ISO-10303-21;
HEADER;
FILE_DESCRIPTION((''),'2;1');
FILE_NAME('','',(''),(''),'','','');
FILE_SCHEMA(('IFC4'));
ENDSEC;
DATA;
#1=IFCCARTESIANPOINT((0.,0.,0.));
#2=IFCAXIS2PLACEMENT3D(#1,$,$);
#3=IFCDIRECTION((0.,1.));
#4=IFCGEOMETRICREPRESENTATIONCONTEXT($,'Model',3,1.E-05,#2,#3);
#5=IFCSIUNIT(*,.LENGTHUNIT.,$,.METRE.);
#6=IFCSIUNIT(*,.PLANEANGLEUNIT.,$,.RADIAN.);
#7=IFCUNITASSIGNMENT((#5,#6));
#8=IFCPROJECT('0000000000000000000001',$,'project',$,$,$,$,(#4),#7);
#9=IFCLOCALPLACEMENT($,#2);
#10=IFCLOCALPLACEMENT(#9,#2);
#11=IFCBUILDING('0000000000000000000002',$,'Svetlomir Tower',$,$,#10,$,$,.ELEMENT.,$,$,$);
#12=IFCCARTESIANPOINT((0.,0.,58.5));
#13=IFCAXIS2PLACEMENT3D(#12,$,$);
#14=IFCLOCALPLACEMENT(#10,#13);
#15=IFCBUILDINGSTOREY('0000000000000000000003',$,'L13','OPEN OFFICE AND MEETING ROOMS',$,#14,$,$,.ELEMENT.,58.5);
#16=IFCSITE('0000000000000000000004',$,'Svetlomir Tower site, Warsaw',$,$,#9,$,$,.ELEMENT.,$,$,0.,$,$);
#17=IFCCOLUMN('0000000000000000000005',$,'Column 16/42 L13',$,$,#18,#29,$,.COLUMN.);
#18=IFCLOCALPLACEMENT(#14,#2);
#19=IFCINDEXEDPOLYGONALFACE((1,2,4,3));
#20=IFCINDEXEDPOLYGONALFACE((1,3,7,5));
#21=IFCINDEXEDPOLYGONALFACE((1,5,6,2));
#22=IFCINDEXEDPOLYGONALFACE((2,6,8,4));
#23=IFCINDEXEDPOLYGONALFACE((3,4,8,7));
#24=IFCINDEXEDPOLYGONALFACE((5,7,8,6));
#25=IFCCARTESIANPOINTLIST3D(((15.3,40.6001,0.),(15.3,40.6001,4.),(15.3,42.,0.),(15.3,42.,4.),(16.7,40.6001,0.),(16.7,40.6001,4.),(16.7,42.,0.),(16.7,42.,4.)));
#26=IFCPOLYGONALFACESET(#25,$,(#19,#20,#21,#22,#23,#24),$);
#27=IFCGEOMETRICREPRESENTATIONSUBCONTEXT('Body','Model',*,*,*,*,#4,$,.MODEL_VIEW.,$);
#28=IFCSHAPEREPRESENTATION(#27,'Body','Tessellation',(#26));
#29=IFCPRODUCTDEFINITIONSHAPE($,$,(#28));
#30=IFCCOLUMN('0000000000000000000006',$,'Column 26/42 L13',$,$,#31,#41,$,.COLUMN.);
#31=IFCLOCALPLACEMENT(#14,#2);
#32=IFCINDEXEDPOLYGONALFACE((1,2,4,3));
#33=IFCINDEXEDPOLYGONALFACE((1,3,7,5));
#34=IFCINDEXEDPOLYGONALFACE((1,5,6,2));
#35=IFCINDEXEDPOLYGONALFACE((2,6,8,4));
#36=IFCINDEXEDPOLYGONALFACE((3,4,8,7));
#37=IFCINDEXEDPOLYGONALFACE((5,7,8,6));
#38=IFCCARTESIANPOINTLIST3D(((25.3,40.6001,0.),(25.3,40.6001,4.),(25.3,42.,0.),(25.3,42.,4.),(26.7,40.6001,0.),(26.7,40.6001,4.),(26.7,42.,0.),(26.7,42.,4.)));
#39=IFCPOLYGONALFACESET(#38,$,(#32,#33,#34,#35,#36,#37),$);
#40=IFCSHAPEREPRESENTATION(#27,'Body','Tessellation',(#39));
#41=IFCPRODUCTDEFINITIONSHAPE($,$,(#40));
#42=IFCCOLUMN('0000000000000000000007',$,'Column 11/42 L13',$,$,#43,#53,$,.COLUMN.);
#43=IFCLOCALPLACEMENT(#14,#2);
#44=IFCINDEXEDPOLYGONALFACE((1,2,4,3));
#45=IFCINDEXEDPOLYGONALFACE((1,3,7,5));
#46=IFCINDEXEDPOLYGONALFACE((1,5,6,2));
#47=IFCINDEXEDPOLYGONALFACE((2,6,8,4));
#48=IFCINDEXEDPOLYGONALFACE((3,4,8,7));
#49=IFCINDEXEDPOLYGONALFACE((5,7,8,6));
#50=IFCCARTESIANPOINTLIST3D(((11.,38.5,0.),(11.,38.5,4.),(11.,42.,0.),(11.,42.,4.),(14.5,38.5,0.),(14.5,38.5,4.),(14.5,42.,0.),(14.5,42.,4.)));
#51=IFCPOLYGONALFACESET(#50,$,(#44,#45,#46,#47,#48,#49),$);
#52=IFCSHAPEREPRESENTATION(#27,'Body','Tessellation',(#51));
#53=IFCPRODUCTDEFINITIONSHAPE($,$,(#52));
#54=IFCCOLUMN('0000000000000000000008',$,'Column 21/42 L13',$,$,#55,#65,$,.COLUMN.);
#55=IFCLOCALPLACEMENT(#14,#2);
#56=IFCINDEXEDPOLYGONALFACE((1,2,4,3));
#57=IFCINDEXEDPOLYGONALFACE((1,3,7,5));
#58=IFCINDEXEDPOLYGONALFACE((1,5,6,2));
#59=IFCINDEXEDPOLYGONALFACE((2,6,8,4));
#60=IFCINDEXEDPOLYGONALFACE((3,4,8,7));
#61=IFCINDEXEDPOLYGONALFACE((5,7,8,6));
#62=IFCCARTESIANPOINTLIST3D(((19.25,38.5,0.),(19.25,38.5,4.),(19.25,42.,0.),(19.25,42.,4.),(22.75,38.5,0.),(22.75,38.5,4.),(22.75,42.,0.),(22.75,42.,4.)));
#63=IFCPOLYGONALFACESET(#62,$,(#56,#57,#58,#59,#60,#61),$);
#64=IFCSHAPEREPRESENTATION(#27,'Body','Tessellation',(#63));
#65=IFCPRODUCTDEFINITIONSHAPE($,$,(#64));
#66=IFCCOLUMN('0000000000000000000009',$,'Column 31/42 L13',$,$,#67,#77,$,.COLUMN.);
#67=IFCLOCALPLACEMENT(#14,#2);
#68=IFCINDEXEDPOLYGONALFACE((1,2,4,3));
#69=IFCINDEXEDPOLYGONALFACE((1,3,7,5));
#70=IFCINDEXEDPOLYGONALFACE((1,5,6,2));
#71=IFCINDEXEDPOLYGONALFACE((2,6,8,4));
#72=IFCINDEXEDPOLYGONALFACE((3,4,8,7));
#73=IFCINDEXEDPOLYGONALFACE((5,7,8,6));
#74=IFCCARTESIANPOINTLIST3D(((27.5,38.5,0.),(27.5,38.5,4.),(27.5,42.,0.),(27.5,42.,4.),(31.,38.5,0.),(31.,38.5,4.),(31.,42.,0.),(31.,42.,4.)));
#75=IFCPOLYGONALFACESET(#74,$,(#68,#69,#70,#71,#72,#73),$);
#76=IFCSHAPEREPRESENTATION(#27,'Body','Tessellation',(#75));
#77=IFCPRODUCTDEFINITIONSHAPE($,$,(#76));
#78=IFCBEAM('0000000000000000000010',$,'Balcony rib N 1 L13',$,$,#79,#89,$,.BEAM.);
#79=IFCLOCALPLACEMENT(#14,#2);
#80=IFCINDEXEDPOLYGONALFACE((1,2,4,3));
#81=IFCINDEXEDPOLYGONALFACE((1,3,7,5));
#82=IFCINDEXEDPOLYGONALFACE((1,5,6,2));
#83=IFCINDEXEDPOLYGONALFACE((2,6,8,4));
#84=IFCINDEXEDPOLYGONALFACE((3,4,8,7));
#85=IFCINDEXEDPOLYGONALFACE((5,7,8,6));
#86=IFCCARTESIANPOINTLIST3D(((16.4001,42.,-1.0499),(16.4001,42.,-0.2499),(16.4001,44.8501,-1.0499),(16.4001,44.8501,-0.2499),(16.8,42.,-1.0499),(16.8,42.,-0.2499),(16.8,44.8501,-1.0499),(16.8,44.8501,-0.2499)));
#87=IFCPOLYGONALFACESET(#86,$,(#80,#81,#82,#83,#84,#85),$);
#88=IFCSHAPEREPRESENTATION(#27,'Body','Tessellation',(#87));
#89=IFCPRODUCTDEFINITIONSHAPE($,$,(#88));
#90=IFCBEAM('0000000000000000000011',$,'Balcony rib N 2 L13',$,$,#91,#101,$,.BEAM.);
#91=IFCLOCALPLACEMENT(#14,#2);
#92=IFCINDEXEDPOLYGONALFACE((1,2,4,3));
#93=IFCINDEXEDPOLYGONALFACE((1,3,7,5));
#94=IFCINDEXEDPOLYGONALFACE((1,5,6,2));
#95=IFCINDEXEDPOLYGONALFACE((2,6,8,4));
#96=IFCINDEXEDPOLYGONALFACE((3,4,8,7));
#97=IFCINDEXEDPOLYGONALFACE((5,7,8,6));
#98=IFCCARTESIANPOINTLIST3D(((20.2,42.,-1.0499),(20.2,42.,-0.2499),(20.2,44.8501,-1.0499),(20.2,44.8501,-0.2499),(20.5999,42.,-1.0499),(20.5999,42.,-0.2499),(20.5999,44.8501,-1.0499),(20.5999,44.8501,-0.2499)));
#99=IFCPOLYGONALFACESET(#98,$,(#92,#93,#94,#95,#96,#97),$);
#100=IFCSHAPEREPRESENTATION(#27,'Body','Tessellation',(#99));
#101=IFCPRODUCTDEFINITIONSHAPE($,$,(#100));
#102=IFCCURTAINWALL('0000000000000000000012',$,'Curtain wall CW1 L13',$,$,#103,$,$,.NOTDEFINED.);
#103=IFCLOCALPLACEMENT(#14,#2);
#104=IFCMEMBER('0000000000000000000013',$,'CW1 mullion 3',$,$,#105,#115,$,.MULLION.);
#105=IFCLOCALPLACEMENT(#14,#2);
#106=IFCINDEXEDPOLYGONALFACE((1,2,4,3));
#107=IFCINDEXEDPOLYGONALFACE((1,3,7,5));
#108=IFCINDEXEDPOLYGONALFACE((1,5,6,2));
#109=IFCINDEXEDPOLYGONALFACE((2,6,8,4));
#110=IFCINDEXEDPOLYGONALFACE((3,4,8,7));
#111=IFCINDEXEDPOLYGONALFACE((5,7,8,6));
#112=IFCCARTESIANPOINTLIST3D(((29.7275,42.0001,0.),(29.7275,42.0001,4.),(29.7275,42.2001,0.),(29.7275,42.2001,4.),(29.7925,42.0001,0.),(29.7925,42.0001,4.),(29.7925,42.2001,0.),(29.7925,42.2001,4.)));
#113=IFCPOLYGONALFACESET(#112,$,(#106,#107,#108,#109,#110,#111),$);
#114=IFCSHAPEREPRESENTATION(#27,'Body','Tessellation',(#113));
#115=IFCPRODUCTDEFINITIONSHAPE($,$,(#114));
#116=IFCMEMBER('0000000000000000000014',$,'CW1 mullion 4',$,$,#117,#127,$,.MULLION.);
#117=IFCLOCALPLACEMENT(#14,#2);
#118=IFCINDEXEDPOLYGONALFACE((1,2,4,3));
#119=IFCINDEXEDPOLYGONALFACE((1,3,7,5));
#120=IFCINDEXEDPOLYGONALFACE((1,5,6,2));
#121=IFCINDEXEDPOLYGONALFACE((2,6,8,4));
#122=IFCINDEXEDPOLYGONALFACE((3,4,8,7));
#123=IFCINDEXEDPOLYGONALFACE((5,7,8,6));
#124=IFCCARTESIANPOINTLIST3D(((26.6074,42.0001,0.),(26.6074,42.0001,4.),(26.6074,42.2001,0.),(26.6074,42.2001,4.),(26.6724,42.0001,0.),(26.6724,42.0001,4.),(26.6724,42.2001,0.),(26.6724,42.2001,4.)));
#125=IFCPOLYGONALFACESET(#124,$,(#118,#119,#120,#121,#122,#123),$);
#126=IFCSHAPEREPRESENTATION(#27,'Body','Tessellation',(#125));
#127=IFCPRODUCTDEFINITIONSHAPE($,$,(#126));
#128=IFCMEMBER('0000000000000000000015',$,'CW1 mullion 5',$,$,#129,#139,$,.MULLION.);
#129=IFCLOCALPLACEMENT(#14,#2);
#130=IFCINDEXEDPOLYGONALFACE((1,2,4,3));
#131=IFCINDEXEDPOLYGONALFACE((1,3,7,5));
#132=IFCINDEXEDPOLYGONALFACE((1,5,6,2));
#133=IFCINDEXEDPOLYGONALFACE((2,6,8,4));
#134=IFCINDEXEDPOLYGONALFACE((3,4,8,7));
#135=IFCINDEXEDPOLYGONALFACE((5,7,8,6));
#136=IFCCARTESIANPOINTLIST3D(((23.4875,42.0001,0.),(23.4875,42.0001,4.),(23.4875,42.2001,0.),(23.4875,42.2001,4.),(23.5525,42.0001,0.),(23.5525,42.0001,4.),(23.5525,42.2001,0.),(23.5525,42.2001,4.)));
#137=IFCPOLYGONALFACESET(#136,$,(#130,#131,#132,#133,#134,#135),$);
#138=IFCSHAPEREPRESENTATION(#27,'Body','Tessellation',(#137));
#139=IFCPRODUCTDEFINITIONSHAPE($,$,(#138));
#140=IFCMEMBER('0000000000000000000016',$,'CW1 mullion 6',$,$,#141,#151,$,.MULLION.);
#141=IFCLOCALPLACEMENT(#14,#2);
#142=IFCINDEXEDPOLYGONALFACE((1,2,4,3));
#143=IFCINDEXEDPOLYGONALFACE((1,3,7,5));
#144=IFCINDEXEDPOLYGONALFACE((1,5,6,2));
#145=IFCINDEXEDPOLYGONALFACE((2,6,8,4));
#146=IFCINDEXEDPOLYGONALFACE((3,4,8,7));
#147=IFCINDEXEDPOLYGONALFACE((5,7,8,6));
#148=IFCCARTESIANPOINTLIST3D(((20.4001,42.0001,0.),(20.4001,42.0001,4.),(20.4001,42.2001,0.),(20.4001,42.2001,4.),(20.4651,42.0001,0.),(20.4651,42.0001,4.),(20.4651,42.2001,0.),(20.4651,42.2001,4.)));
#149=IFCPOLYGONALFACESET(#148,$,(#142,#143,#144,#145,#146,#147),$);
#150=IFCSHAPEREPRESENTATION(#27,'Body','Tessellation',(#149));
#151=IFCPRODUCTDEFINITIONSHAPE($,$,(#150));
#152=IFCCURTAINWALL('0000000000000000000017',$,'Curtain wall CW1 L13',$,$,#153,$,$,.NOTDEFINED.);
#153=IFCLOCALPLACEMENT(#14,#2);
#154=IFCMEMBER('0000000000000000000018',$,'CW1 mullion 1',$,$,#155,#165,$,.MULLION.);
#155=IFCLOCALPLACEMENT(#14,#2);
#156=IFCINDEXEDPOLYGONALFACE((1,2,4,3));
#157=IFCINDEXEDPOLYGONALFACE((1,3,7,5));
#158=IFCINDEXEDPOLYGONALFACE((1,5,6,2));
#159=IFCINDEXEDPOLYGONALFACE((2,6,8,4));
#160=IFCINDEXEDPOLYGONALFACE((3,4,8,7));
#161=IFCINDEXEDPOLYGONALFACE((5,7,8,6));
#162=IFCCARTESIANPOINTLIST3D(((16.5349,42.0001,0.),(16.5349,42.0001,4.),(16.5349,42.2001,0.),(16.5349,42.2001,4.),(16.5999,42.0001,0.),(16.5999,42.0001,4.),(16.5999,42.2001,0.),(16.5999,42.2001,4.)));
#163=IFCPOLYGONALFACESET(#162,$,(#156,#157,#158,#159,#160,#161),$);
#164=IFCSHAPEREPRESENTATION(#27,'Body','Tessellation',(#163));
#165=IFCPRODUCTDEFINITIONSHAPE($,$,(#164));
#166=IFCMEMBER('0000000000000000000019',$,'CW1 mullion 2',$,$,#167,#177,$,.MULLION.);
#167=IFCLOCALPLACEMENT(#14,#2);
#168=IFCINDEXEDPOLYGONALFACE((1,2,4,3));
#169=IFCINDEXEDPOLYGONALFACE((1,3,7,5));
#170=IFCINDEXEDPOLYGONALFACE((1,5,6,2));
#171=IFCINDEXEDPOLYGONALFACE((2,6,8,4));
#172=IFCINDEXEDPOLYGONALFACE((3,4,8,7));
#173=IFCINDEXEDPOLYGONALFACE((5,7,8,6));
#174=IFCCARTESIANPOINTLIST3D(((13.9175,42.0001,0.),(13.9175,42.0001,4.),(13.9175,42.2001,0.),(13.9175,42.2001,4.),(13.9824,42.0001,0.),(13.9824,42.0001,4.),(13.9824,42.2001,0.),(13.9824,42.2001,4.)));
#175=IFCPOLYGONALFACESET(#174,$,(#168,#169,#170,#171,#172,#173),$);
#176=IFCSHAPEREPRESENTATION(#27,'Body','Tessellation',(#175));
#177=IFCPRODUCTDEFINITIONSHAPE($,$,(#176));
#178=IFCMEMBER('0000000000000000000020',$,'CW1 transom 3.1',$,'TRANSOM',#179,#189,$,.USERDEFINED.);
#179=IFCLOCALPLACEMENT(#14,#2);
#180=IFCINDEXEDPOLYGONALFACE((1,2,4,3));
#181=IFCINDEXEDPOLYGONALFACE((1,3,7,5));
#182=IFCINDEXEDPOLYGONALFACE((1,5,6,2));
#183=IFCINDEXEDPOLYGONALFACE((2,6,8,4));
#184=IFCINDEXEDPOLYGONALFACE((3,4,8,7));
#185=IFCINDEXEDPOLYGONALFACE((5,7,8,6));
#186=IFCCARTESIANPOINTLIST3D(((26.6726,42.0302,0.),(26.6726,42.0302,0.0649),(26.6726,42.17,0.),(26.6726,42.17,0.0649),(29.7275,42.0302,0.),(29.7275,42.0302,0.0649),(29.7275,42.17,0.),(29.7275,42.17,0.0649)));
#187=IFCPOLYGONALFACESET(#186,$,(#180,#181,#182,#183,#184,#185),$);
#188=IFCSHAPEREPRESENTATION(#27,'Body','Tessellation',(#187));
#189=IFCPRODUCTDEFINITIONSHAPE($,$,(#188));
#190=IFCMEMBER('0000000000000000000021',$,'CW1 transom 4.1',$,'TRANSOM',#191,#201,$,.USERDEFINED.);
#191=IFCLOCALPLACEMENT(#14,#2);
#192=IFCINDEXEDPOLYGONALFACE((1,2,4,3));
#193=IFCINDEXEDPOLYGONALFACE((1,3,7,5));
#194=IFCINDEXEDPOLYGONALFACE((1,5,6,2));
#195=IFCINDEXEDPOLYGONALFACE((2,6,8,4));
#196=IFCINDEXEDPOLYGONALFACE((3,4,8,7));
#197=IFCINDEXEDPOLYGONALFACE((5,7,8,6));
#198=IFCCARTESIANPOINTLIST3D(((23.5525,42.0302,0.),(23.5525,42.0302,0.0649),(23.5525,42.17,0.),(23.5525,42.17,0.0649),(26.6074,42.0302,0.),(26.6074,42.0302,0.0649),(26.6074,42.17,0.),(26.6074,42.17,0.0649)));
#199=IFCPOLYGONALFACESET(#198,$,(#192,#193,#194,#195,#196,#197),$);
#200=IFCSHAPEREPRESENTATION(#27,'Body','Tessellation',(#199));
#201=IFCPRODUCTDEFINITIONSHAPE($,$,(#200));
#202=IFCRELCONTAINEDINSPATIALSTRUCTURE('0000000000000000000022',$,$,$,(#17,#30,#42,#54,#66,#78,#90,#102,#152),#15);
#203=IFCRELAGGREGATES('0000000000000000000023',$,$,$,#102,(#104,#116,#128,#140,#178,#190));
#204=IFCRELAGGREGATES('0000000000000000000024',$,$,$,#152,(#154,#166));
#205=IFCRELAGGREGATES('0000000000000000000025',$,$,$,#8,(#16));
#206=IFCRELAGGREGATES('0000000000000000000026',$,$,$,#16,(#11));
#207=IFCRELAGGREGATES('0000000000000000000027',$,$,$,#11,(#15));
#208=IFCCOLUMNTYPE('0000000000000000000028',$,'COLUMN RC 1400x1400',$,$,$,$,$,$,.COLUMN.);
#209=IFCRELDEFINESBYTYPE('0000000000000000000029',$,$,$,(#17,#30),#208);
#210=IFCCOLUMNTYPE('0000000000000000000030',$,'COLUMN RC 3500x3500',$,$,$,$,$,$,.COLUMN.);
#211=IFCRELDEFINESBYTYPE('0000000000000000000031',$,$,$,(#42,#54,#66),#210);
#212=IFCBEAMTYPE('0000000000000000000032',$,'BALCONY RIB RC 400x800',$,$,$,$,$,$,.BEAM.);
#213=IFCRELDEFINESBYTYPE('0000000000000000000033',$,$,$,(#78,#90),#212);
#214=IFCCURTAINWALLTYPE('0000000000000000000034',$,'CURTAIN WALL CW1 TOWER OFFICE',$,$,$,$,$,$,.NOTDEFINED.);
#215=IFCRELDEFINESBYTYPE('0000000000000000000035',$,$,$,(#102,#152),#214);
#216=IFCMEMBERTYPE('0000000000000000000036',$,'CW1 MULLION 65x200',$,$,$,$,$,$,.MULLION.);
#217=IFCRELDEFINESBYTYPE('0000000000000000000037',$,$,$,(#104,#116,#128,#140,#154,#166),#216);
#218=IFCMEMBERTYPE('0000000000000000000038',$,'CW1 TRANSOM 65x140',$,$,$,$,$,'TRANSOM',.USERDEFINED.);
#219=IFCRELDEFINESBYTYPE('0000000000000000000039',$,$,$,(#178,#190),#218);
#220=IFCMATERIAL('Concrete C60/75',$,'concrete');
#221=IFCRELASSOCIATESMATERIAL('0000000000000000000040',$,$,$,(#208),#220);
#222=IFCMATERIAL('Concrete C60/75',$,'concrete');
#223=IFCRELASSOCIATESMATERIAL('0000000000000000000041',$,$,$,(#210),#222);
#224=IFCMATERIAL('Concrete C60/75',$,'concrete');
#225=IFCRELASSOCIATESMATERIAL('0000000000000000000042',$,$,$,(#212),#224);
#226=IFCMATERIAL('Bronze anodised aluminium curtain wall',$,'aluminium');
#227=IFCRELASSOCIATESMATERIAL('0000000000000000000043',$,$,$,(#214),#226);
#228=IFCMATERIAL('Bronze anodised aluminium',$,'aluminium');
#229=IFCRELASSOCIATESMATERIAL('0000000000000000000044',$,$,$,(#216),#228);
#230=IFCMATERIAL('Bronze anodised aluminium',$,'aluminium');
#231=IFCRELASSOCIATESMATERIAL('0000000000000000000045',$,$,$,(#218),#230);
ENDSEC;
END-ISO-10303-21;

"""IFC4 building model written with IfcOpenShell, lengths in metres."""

from ifc_helpers import new_model, si_unit, direction, frame, origin, origin_2d, place, context, subcontext, project, spatial, rectangle, extrude, material, material_profile, profile_set, type_object, element, aggregate, save


model = new_model("IFC4")

# Units and contexts
model_context = context("Model", 3, precision=1e-05, world=origin(), true_north=direction((0.0, 1.0)))
body_context = subcontext(model_context, "Body", "Model", "MODEL_VIEW")
ifc_project = project(units=[si_unit("LENGTHUNIT", "METRE"), si_unit("PLANEANGLEUNIT", "RADIAN")], contexts=[model_context])

# Site, building, storey
site_placement = place(None, origin())
site = spatial("IfcSite", under=ifc_project, at=site_placement, Name="Svetlomir Tower site, Warsaw", CompositionType="ELEMENT", RefElevation=0.0)
building_placement = place(site_placement, origin())
building = spatial("IfcBuilding", under=site, at=building_placement, Name="Svetlomir Tower", CompositionType="ELEMENT")
storey_placement = place(building_placement, frame((0.0, 0.0, 58.5)))
storey = spatial("IfcBuildingStorey", under=building, at=storey_placement, Name="L13", Description="OPEN OFFICE AND MEETING ROOMS", CompositionType="ELEMENT", Elevation=58.5)

# Columns
ifc_material_1 = material(Name="Concrete C60/75", Category="concrete")
ifc_material_profile_1 = material_profile(ifc_material_1, rectangle(XDim=1.3999, YDim=1.3999, at=origin_2d()), Name="RC 1400x1400")
ifc_profile_set_1 = profile_set([ifc_material_profile_1], Name="Concrete C60/75")
column_type_1 = type_object("IfcColumnType", Name="COLUMN RC 1400x1400", PredefinedType="COLUMN", material=ifc_profile_set_1)
for number, where, z_axis, x_axis, name in (
    (1, (16.0, 41.3, 0.0), (0.0, 0.0, 1.0), (1.0, 0.0, 0.0), "Column 16/42 L13"),
    (2, (26.0, 41.3, 0.0), (0.0, 0.0, 1.0), (1.0, 0.0, 0.0), "Column 26/42 L13"),
):
    element("IfcColumn", number, at=place(storey_placement, frame(where, z_axis=z_axis, x_axis=x_axis)), inside=storey, type_object=column_type_1, Name=name, PredefinedType="COLUMN", context=body_context, shape_type="SweptSolid", body=[
        extrude(rectangle(XDim=1.3999, YDim=1.3999, at=origin_2d()), origin(), (0.0, 0.0, 1.0), 4.0),
    ])
ifc_material_2 = material(Name="Concrete C60/75", Category="concrete")
ifc_material_profile_2 = material_profile(ifc_material_2, rectangle(XDim=3.5, YDim=3.5, at=origin_2d()), Name="RC 3500x3500")
ifc_profile_set_2 = profile_set([ifc_material_profile_2], Name="Concrete C60/75")
column_type_2 = type_object("IfcColumnType", Name="COLUMN RC 3500x3500", PredefinedType="COLUMN", material=ifc_profile_set_2)
for number, where, z_axis, x_axis, name in (
    (3, (12.75, 40.25, 0.0), (0.0, 0.0, 1.0), (1.0, 0.0, 0.0), "Column 11/42 L13"),
    (4, (21.0, 40.25, 0.0), (0.0, 0.0, 1.0), (1.0, 0.0, 0.0), "Column 21/42 L13"),
    (5, (29.25, 40.25, 0.0), (0.0, 0.0, 1.0), (1.0, 0.0, 0.0), "Column 31/42 L13"),
):
    element("IfcColumn", number, at=place(storey_placement, frame(where, z_axis=z_axis, x_axis=x_axis)), inside=storey, type_object=column_type_2, Name=name, PredefinedType="COLUMN", context=body_context, shape_type="SweptSolid", body=[
        extrude(rectangle(XDim=3.5, YDim=3.5, at=origin_2d()), origin(), (0.0, 0.0, 1.0), 4.0),
    ])

# Beams
ifc_material_3 = material(Name="Concrete C60/75", Category="concrete")
ifc_material_profile_3 = material_profile(ifc_material_3, rectangle(XDim=0.3999, YDim=0.8, at=origin_2d()), Name="RC 400x800")
ifc_profile_set_3 = profile_set([ifc_material_profile_3], Name="Concrete C60/75")
beam_type_1 = type_object("IfcBeamType", Name="BALCONY RIB RC 400x800", PredefinedType="BEAM", material=ifc_profile_set_3)
for number, where, z_axis, x_axis, name in (
    (6, (16.6001, 42.0, -0.6499), (0.0, 1.0, 0.0), (-1.0, 0.0, 0.0), "Balcony rib N 1 L13"),
    (7, (20.3999, 42.0, -0.6499), (0.0, 1.0, 0.0), (-1.0, 0.0, 0.0), "Balcony rib N 2 L13"),
):
    element("IfcBeam", number, at=place(storey_placement, frame(where, z_axis=z_axis, x_axis=x_axis)), inside=storey, type_object=beam_type_1, Name=name, PredefinedType="BEAM", context=body_context, shape_type="SweptSolid", body=[
        extrude(rectangle(XDim=0.3999, YDim=0.8, at=origin_2d()), origin(), (0.0, 0.0, 1.0), 2.8501),
    ])

# Curtain walls, members
ifc_material_4 = material(Name="Bronze anodised aluminium curtain wall", Category="aluminium")
curtain_wall_type = type_object("IfcCurtainWallType", Name="CURTAIN WALL CW1 TOWER OFFICE", PredefinedType="NOTDEFINED", material=ifc_material_4)
curtain_wall_1_placement = place(storey_placement, origin())
curtain_wall_1 = element("IfcCurtainWall", 8, at=curtain_wall_1_placement, inside=storey, type_object=curtain_wall_type, Name="Curtain wall CW1 L13", PredefinedType="NOTDEFINED")
ifc_material_5 = material(Name="Bronze anodised aluminium", Category="aluminium")
ifc_material_profile_4 = material_profile(ifc_material_5, rectangle(XDim=0.0649, YDim=0.2, at=origin_2d()), Name="AL 65x200")
ifc_profile_set_4 = profile_set([ifc_material_profile_4], Name="Bronze anodised aluminium 6063-T6")
member_type_1 = type_object("IfcMemberType", Name="CW1 MULLION 65x200", PredefinedType="MULLION", material=ifc_profile_set_4)
member_1_placement = place(storey_placement, frame((29.76, 42.1001, 0.0), z_axis=(0.0, 0.0, 1.0), x_axis=(-1.0, 0.0, 0.0)))
member_1 = element("IfcMember", 9, at=member_1_placement, type_object=member_type_1, Name="CW1 mullion 3", PredefinedType="MULLION", context=body_context, shape_type="SweptSolid", body=[
    extrude(rectangle(XDim=0.0649, YDim=0.2, at=origin_2d()), origin(), (0.0, 0.0, 1.0), 4.0),
])
member_2_placement = place(storey_placement, frame((26.6399, 42.1001, 0.0), z_axis=(0.0, 0.0, 1.0), x_axis=(-1.0, 0.0, 0.0)))
member_2 = element("IfcMember", 10, at=member_2_placement, type_object=member_type_1, Name="CW1 mullion 4", PredefinedType="MULLION", context=body_context, shape_type="SweptSolid", body=[
    extrude(rectangle(XDim=0.0649, YDim=0.2, at=origin_2d()), origin(), (0.0, 0.0, 1.0), 4.0),
])
member_3_placement = place(storey_placement, frame((23.52, 42.1001, 0.0), z_axis=(0.0, 0.0, 1.0), x_axis=(-1.0, 0.0, 0.0)))
member_3 = element("IfcMember", 11, at=member_3_placement, type_object=member_type_1, Name="CW1 mullion 5", PredefinedType="MULLION", context=body_context, shape_type="SweptSolid", body=[
    extrude(rectangle(XDim=0.0649, YDim=0.2, at=origin_2d()), origin(), (0.0, 0.0, 1.0), 4.0),
])
member_4_placement = place(storey_placement, frame((20.4326, 42.1001, 0.0), z_axis=(0.0, 0.0, 1.0), x_axis=(-1.0, 0.0, 0.0)))
member_4 = element("IfcMember", 12, at=member_4_placement, type_object=member_type_1, Name="CW1 mullion 6", PredefinedType="MULLION", context=body_context, shape_type="SweptSolid", body=[
    extrude(rectangle(XDim=0.0649, YDim=0.2, at=origin_2d()), origin(), (0.0, 0.0, 1.0), 4.0),
])
curtain_wall_2_placement = place(storey_placement, origin())
curtain_wall_2 = element("IfcCurtainWall", 13, at=curtain_wall_2_placement, inside=storey, type_object=curtain_wall_type, Name="Curtain wall CW1 L13", PredefinedType="NOTDEFINED")
member_5_placement = place(storey_placement, frame((16.5674, 42.1001, 0.0), z_axis=(0.0, 0.0, 1.0), x_axis=(-1.0, 0.0, 0.0)))
member_5 = element("IfcMember", 14, at=member_5_placement, type_object=member_type_1, Name="CW1 mullion 1", PredefinedType="MULLION", context=body_context, shape_type="SweptSolid", body=[
    extrude(rectangle(XDim=0.0649, YDim=0.2, at=origin_2d()), origin(), (0.0, 0.0, 1.0), 4.0),
])
member_6_placement = place(storey_placement, frame((13.95, 42.1001, 0.0), z_axis=(0.0, 0.0, 1.0), x_axis=(-1.0, 0.0, 0.0)))
member_6 = element("IfcMember", 15, at=member_6_placement, type_object=member_type_1, Name="CW1 mullion 2", PredefinedType="MULLION", context=body_context, shape_type="SweptSolid", body=[
    extrude(rectangle(XDim=0.0649, YDim=0.2, at=origin_2d()), origin(), (0.0, 0.0, 1.0), 4.0),
])

# Members
ifc_material_6 = material(Name="Bronze anodised aluminium", Category="aluminium")
ifc_material_profile_5 = material_profile(ifc_material_6, rectangle(XDim=0.1399, YDim=0.0649, at=origin_2d()), Name="AL 140x65")
ifc_profile_set_5 = profile_set([ifc_material_profile_5], Name="Bronze anodised aluminium 6063-T6")
member_type_2 = type_object("IfcMemberType", Name="CW1 TRANSOM 65x140", ElementType="TRANSOM", PredefinedType="USERDEFINED", material=ifc_profile_set_5)
member_7_placement = place(storey_placement, frame((29.7275, 42.1001, 0.0325), z_axis=(-1.0, 0.0, 0.0), x_axis=(0.0, -1.0, 0.0)))
member_7 = element("IfcMember", 16, at=member_7_placement, type_object=member_type_2, Name="CW1 transom 3.1", ObjectType="TRANSOM", PredefinedType="USERDEFINED", context=body_context, shape_type="SweptSolid", body=[
    extrude(rectangle(XDim=0.1399, YDim=0.0649, at=origin_2d()), origin(), (0.0, 0.0, 1.0), 3.0549),
])
member_8_placement = place(storey_placement, frame((26.6074, 42.1001, 0.0325), z_axis=(-1.0, 0.0, 0.0), x_axis=(0.0, -1.0, 0.0)))
member_8 = element("IfcMember", 17, at=member_8_placement, type_object=member_type_2, Name="CW1 transom 4.1", ObjectType="TRANSOM", PredefinedType="USERDEFINED", context=body_context, shape_type="SweptSolid", body=[
    extrude(rectangle(XDim=0.1399, YDim=0.0649, at=origin_2d()), origin(), (0.0, 0.0, 1.0), 3.0549),
])

aggregate(curtain_wall_1, [member_1, member_2, member_3, member_4, member_7, member_8])
aggregate(curtain_wall_2, [member_5, member_6])

save(model, "model.ifc")
